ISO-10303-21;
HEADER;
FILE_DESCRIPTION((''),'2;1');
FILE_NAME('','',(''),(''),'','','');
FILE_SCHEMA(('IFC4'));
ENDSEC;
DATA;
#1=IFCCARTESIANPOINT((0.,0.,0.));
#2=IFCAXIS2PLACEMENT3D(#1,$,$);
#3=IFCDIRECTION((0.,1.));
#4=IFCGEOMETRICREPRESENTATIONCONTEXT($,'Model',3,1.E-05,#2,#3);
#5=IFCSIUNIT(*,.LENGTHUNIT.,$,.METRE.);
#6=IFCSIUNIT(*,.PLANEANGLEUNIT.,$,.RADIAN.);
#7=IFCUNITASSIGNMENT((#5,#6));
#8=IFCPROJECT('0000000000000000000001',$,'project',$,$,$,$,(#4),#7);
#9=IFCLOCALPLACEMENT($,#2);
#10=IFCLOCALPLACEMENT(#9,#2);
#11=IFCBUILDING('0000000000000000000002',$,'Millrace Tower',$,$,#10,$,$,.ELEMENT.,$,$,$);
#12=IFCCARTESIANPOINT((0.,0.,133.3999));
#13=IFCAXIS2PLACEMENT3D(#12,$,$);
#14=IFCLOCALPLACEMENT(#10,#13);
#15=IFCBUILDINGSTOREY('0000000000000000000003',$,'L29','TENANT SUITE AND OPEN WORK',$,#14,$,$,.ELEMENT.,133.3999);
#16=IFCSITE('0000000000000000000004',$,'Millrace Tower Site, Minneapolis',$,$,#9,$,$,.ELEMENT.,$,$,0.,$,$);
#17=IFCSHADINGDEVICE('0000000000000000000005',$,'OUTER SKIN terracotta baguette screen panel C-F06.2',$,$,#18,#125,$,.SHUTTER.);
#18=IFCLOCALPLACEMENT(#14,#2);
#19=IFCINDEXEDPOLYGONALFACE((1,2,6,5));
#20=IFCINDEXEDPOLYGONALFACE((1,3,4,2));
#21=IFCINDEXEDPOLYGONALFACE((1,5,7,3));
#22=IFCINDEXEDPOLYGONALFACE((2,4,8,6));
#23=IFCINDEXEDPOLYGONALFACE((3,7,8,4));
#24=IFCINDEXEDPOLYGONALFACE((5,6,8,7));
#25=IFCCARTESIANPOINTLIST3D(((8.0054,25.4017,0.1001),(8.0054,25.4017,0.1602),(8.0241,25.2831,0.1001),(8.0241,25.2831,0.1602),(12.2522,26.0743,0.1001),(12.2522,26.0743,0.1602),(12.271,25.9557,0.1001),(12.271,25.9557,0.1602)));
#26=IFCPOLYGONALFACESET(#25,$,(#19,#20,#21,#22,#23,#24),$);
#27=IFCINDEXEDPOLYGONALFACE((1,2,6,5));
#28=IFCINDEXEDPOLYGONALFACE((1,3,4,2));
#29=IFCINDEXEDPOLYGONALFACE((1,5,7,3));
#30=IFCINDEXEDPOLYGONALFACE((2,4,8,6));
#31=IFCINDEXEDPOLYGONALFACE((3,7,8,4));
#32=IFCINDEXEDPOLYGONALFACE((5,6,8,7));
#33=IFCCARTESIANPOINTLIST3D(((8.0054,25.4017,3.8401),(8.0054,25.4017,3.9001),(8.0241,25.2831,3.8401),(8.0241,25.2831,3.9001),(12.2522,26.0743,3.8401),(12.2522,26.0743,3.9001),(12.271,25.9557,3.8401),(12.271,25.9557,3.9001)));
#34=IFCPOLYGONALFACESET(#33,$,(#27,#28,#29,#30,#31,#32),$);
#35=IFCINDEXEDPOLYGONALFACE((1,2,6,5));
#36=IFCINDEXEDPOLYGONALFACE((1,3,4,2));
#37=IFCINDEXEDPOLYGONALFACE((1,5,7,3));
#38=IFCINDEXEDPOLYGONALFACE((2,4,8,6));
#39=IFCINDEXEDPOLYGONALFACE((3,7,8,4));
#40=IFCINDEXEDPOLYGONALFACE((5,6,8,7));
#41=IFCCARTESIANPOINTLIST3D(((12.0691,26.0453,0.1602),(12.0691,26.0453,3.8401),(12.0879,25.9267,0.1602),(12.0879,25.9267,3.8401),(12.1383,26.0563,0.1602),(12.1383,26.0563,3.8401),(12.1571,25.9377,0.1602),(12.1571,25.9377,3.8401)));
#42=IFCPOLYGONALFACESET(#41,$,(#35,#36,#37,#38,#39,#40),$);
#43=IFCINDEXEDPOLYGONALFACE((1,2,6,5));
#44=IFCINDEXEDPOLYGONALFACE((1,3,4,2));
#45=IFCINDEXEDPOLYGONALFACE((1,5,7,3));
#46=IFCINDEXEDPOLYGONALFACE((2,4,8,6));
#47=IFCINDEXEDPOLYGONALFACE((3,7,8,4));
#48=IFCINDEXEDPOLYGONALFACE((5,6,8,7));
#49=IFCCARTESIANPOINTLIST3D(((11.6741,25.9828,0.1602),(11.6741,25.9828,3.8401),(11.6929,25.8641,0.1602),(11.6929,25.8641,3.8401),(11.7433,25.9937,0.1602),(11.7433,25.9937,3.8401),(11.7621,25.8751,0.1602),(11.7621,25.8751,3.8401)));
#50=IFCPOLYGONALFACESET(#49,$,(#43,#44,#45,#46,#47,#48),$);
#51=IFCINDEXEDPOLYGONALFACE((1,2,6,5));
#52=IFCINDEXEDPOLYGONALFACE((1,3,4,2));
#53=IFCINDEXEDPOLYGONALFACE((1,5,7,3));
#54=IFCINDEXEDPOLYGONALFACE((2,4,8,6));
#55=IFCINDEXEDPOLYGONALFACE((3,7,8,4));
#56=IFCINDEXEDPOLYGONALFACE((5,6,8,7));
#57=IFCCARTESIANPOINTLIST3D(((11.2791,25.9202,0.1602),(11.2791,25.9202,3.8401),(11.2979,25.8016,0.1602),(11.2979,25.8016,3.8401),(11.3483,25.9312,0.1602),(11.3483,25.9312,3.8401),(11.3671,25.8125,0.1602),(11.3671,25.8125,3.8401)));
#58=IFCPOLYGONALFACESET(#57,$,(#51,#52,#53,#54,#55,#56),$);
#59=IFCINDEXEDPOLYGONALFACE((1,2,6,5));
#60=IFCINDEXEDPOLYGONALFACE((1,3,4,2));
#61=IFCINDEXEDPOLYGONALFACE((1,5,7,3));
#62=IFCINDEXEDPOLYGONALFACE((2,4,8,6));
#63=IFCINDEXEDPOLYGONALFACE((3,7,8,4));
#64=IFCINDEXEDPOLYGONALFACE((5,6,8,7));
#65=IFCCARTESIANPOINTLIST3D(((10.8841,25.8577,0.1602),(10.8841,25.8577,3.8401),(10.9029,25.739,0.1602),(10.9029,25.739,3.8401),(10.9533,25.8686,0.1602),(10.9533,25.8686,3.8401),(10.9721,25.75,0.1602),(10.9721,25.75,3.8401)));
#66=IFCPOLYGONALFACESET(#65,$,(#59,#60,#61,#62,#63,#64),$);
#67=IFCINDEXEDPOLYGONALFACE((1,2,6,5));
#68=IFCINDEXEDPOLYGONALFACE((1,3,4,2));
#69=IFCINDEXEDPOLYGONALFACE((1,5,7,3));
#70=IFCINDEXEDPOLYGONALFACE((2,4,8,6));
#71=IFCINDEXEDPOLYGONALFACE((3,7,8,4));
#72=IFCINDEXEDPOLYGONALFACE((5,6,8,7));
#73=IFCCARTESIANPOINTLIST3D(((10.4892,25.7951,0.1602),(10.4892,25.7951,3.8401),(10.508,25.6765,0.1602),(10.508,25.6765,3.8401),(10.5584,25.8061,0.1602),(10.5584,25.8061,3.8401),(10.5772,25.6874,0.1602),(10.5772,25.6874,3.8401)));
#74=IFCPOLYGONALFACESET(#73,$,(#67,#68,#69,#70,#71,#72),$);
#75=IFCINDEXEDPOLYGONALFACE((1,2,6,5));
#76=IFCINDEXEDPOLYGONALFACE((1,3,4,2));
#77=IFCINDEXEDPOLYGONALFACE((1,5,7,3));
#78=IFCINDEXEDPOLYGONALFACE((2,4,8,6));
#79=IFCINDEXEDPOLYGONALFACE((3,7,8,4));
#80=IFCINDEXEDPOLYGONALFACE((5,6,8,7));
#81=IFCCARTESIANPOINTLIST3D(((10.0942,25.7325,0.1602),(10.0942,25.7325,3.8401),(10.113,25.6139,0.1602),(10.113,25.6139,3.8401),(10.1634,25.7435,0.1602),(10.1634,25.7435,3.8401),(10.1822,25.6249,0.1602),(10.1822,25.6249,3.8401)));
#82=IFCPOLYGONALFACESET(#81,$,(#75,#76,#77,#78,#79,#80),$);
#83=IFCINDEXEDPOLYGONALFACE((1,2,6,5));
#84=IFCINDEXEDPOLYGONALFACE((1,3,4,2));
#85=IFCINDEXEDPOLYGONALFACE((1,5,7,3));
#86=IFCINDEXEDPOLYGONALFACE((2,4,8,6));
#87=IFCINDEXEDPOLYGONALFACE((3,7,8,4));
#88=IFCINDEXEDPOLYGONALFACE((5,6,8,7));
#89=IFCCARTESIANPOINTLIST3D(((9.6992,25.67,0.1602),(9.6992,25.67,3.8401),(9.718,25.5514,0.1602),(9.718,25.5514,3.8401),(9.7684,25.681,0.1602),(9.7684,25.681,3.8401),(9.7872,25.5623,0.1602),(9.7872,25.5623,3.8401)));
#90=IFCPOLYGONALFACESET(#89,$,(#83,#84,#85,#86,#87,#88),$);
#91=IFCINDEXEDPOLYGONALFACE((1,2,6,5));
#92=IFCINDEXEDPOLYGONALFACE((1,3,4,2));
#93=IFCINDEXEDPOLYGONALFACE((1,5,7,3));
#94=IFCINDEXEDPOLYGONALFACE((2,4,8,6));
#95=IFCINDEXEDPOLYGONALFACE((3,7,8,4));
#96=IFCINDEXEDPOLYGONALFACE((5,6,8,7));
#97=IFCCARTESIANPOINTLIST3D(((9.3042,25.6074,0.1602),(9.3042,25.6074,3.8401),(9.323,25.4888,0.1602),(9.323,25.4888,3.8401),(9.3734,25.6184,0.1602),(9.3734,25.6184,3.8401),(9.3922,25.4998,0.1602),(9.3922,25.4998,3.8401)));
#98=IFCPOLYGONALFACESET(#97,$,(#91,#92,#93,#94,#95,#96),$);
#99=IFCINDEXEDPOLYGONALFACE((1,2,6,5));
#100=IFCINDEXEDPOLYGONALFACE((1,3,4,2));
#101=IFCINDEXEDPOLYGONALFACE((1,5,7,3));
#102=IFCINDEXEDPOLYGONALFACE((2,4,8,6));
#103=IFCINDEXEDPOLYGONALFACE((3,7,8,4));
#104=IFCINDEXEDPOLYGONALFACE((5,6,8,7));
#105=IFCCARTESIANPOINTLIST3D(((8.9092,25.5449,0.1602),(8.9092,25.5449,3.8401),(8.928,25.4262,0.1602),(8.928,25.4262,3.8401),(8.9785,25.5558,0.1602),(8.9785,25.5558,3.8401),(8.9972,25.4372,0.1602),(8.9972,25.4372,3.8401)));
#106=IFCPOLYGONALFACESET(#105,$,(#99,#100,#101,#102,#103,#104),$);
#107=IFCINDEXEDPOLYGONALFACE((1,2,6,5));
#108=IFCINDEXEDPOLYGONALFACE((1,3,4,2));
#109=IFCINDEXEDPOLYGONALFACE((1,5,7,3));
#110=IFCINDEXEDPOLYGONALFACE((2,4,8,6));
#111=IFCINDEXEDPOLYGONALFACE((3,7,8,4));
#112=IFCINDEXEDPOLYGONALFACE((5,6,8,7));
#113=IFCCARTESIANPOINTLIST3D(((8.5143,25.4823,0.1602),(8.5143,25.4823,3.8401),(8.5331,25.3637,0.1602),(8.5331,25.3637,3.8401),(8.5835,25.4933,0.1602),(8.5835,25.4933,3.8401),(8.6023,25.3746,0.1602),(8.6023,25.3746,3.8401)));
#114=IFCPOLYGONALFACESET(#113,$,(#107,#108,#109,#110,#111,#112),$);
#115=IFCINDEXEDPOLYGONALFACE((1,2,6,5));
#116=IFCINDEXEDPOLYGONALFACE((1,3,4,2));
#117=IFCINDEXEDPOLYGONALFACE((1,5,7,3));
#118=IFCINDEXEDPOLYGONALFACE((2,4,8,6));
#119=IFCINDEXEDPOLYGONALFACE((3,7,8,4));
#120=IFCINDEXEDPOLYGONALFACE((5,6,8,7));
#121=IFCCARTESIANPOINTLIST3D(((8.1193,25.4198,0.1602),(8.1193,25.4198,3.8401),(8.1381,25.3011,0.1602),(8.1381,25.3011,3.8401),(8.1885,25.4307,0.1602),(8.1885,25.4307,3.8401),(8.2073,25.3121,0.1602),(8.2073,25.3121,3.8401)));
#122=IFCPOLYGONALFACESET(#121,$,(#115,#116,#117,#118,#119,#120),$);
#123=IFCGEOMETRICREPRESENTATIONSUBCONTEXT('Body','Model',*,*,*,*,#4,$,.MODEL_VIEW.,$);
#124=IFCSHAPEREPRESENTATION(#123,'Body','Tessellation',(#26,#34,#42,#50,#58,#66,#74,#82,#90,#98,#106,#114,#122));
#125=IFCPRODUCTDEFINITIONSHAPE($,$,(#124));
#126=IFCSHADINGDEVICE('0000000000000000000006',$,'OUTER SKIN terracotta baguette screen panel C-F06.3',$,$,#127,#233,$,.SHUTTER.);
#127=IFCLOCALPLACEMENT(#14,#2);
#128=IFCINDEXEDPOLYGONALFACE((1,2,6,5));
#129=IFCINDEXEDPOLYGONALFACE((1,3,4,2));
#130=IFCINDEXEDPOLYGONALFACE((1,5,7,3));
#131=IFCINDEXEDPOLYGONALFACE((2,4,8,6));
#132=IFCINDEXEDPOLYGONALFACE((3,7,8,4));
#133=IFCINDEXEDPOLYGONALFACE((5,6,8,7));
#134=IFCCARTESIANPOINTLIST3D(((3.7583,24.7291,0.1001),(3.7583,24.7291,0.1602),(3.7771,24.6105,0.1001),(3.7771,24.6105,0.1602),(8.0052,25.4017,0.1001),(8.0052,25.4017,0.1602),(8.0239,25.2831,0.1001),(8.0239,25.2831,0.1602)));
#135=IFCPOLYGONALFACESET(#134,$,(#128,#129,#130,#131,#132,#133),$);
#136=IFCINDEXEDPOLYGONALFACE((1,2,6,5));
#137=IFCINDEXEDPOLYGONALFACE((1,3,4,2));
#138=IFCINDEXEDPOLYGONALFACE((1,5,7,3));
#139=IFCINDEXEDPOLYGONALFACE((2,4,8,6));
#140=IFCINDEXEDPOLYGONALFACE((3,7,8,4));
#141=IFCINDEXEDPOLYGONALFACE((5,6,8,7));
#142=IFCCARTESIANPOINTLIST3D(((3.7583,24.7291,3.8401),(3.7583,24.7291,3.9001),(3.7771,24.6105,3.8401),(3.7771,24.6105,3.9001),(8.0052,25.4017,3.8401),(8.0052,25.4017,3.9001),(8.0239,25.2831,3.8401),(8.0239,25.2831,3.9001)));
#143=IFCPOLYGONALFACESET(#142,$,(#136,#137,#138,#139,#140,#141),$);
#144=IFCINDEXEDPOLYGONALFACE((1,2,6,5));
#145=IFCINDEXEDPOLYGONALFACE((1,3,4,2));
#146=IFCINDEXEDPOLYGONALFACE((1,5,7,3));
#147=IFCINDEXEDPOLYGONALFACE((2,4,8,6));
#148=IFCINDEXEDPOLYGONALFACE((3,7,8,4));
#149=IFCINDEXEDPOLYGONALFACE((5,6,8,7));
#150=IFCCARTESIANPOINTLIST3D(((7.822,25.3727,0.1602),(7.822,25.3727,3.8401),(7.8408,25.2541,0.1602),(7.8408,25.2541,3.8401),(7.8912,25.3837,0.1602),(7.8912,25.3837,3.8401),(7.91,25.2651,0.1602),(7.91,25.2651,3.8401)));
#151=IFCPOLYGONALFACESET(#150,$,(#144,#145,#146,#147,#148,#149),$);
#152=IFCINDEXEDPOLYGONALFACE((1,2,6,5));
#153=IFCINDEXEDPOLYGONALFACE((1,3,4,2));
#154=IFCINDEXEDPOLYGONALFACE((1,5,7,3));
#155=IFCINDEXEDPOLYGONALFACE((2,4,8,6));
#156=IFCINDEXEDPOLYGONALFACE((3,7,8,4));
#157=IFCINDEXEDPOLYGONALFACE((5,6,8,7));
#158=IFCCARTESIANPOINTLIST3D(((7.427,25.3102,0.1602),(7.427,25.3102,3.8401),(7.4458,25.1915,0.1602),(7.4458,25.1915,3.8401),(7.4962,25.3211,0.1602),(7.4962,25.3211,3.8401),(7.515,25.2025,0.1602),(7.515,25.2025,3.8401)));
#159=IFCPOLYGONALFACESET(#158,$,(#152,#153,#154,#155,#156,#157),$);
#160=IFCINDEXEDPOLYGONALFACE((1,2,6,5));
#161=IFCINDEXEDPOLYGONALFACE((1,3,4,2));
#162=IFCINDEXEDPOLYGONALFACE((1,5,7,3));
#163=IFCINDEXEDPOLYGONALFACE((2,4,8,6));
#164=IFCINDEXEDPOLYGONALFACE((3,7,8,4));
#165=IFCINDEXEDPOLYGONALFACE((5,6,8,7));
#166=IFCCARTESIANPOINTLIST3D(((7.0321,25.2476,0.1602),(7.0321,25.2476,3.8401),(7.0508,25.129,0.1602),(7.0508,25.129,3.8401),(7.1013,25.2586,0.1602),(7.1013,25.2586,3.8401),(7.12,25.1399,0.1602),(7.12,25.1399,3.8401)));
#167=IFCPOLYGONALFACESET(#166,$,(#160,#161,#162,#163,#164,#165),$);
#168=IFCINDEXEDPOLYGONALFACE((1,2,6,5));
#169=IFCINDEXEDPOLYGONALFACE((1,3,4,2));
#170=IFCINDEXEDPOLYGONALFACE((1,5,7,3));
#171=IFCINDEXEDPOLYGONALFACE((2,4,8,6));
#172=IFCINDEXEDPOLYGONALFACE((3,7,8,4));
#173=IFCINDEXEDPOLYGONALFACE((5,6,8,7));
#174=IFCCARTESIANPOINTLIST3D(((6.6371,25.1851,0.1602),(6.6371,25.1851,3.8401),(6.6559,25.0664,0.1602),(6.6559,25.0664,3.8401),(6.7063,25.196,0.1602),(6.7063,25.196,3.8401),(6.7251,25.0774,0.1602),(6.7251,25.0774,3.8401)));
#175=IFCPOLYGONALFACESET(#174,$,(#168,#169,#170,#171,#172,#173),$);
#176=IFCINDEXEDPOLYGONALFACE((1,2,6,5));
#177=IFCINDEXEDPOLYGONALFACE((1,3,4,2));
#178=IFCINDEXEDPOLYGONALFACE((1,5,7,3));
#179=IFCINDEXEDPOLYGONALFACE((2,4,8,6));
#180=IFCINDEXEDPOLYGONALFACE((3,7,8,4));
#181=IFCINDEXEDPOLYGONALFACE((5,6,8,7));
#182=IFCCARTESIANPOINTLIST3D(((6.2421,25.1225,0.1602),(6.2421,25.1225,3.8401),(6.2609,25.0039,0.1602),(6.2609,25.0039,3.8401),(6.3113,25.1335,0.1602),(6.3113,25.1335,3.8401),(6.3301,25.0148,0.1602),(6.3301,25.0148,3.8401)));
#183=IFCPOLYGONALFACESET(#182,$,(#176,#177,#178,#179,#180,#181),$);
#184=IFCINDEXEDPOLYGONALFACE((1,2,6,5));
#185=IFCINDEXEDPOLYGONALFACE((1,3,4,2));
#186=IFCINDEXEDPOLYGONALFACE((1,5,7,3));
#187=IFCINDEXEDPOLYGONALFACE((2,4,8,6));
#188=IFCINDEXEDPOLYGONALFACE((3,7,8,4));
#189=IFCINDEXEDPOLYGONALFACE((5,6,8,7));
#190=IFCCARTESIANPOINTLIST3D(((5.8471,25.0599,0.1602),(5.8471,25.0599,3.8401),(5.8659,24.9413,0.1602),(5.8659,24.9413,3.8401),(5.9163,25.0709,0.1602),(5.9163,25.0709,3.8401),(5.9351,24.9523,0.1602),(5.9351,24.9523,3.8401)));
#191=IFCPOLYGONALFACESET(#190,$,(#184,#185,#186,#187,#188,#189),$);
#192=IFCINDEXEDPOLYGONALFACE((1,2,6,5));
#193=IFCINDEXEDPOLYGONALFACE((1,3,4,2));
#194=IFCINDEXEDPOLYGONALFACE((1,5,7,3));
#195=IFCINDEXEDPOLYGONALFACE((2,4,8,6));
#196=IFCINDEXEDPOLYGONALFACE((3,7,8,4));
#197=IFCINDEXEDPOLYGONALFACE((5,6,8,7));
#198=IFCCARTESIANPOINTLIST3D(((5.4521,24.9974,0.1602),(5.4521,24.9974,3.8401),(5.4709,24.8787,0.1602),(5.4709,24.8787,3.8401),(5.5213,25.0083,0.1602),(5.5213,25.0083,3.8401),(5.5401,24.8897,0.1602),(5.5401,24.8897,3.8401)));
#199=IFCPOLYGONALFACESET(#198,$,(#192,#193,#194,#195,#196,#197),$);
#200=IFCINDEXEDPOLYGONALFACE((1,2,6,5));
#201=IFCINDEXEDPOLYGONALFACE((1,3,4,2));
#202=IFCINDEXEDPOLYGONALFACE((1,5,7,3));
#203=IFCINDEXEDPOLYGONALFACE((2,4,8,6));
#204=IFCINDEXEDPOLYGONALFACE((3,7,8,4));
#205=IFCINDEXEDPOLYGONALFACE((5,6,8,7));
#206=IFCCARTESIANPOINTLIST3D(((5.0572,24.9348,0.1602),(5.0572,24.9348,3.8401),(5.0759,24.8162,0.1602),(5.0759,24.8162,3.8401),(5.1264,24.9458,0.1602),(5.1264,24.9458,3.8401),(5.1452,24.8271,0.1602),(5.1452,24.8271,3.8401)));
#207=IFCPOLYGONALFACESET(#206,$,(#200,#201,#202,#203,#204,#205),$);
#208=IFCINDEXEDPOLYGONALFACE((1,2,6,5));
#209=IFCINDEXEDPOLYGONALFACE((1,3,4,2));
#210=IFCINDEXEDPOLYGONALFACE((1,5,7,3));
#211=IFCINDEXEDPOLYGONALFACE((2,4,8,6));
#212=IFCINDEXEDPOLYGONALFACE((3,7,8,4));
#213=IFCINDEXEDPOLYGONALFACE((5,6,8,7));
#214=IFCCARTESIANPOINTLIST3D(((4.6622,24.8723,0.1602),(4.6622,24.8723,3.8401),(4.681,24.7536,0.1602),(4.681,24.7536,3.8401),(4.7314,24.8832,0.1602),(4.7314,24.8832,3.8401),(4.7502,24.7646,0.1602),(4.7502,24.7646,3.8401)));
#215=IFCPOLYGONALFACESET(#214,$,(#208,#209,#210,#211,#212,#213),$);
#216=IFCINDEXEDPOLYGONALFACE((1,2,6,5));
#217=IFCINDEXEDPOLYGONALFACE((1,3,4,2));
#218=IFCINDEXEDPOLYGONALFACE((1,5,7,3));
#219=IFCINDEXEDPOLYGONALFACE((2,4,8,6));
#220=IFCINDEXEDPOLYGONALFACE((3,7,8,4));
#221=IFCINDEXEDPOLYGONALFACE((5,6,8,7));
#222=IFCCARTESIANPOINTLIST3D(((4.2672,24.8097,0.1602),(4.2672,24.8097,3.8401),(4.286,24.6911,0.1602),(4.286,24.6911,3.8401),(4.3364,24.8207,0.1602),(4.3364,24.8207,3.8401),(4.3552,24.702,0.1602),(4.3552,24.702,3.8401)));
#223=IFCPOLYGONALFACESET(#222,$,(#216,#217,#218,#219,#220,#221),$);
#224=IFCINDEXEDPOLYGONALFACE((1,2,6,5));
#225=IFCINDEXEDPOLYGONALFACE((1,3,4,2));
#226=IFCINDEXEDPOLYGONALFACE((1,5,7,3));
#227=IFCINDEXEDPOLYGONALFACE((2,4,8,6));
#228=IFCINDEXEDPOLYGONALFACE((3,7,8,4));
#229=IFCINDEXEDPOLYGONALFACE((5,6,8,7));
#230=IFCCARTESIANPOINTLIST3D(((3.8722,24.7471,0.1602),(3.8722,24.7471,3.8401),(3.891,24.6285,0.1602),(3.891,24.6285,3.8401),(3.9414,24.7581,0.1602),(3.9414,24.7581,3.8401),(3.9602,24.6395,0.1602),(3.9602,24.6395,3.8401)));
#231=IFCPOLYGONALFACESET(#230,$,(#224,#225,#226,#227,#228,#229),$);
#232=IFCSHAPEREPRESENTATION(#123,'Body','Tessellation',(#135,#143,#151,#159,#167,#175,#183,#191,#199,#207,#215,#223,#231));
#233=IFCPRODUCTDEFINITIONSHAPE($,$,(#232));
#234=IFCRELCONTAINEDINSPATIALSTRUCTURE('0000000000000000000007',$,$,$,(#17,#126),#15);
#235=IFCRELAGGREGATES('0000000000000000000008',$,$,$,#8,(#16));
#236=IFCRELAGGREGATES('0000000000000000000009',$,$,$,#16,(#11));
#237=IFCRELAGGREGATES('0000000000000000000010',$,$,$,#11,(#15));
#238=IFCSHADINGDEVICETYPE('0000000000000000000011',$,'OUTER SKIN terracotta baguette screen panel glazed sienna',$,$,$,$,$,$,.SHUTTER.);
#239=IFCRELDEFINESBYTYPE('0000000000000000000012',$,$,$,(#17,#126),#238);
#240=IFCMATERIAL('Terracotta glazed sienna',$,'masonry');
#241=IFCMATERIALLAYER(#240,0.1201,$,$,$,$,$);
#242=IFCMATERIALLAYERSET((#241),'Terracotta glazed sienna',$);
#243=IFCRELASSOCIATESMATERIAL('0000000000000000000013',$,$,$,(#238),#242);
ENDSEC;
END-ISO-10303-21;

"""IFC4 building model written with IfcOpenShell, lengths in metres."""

from ifc_helpers import new_model, entity, si_unit, direction, frame, frame_2d, origin, origin_2d, place, context, subcontext, project, spatial, rectangle, extrude, source, transform, mapped, material, layer, layer_set, type_object, element, save


model = new_model("IFC4")

# Units and contexts
model_context = context("Model", 3, precision=1e-05, world=origin(), true_north=direction((0.0, 1.0)))
body_context = subcontext(model_context, "Body", "Model", "MODEL_VIEW")
ifc_project = project(units=[si_unit("LENGTHUNIT", "METRE"), si_unit("PLANEANGLEUNIT", "RADIAN")], contexts=[model_context])

# Site, building, storey
site_placement = place(None, origin())
site = spatial("IfcSite", under=ifc_project, at=site_placement, Name="Millrace Tower Site, Minneapolis", CompositionType="ELEMENT", RefElevation=0.0)
building_placement = place(site_placement, origin())
building = spatial("IfcBuilding", under=site, at=building_placement, Name="Millrace Tower", CompositionType="ELEMENT")
storey_placement = place(building_placement, frame((0.0, 0.0, 133.3999)))
storey = spatial("IfcBuildingStorey", under=building, at=storey_placement, Name="L29", Description="TENANT SUITE AND OPEN WORK", CompositionType="ELEMENT", Elevation=133.3999)

# Shading devices
ifc_material_1 = material(Name="Terracotta glazed sienna", Category="masonry")
ifc_layer_1 = layer(ifc_material_1, 0.1201)
ifc_layer_set_1 = layer_set([ifc_layer_1], Name="Terracotta glazed sienna")
shading_device_type = type_object("IfcShadingDeviceType", Name="OUTER SKIN terracotta baguette screen panel glazed sienna", PredefinedType="SHUTTER", material=ifc_layer_set_1)
cartesian_point_1 = entity("IfcCartesianPoint", [-2.1499, 0.0601])
shared_polyline_1 = entity("IfcPolyline", [cartesian_point_1, entity("IfcCartesianPoint", [2.1499, 0.0601]), entity("IfcCartesianPoint", [2.1499, -0.0601]), entity("IfcCartesianPoint", [-2.1499, -0.0601]), cartesian_point_1])
shared_shape_1 = source(origin(), body_context, "Body", "SweptSolid", [
    entity("IfcExtrudedAreaSolid", entity("IfcArbitraryClosedProfileDef", "AREA", None, shared_polyline_1), entity("IfcAxis2Placement3D", entity("IfcCartesianPoint", [0.0, 0.0, 0.0])), entity("IfcDirection", [0.0, 0.0, 1.0]), 0.0601),
    entity("IfcExtrudedAreaSolid", entity("IfcArbitraryClosedProfileDef", "AREA", None, shared_polyline_1), entity("IfcAxis2Placement3D", entity("IfcCartesianPoint", [0.0, 0.0, 3.74])), entity("IfcDirection", [0.0, 0.0, 1.0]), 0.0601),
    extrude(rectangle(XDim=0.0701, YDim=0.1201, at=frame_2d((-1.9995, 0.0))), frame((0.0, 0.0, 0.0601)), (0.0, 0.0, 1.0), 3.6799),
    extrude(rectangle(XDim=0.0701, YDim=0.1201, at=frame_2d((-1.5996, 0.0))), frame((0.0, 0.0, 0.0601)), (0.0, 0.0, 1.0), 3.6799),
    extrude(rectangle(XDim=0.0701, YDim=0.1201, at=frame_2d((-1.1997, 0.0))), frame((0.0, 0.0, 0.0601)), (0.0, 0.0, 1.0), 3.6799),
    extrude(rectangle(XDim=0.0701, YDim=0.1201, at=frame_2d((-0.7998, 0.0))), frame((0.0, 0.0, 0.0601)), (0.0, 0.0, 1.0), 3.6799),
    extrude(rectangle(XDim=0.0701, YDim=0.1201, at=frame_2d((-0.3999, 0.0))), frame((0.0, 0.0, 0.0601)), (0.0, 0.0, 1.0), 3.6799),
    extrude(rectangle(XDim=0.0701, YDim=0.1201, at=origin_2d()), frame((0.0, 0.0, 0.0601)), (0.0, 0.0, 1.0), 3.6799),
    extrude(rectangle(XDim=0.0701, YDim=0.1201, at=frame_2d((0.3999, 0.0))), frame((0.0, 0.0, 0.0601)), (0.0, 0.0, 1.0), 3.6799),
    extrude(rectangle(XDim=0.0701, YDim=0.1201, at=frame_2d((0.7998, 0.0))), frame((0.0, 0.0, 0.0601)), (0.0, 0.0, 1.0), 3.6799),
    extrude(rectangle(XDim=0.0701, YDim=0.1201, at=frame_2d((1.1997, 0.0))), frame((0.0, 0.0, 0.0601)), (0.0, 0.0, 1.0), 3.6799),
    extrude(rectangle(XDim=0.0701, YDim=0.1201, at=frame_2d((1.5996, 0.0))), frame((0.0, 0.0, 0.0601)), (0.0, 0.0, 1.0), 3.6799),
    extrude(rectangle(XDim=0.0701, YDim=0.1201, at=frame_2d((1.9995, 0.0))), frame((0.0, 0.0, 0.0601)), (0.0, 0.0, 1.0), 3.6799),
])
for number, where, z_axis, x_axis, name in (
    (1, (10.1382, 25.6787, 0.1001), (0.0, 0.0, 1.0), (-0.987688, -0.156434, 0.0), "OUTER SKIN terracotta baguette screen panel C-F06.2"),
    (2, (5.8911, 25.0061, 0.1001), (0.0, 0.0, 1.0), (-0.987688, -0.156434, 0.0), "OUTER SKIN terracotta baguette screen panel C-F06.3"),
):
    element("IfcShadingDevice", number, at=place(storey_placement, frame(where, z_axis=z_axis, x_axis=x_axis)), inside=storey, type_object=shading_device_type, Name=name, PredefinedType="SHUTTER", context=body_context, shape_type="MappedRepresentation", body=[
        mapped(shared_shape_1, transform((0.0, 0.0, 0.0), scale=1.0)),
    ])

save(model, "model.ifc")
